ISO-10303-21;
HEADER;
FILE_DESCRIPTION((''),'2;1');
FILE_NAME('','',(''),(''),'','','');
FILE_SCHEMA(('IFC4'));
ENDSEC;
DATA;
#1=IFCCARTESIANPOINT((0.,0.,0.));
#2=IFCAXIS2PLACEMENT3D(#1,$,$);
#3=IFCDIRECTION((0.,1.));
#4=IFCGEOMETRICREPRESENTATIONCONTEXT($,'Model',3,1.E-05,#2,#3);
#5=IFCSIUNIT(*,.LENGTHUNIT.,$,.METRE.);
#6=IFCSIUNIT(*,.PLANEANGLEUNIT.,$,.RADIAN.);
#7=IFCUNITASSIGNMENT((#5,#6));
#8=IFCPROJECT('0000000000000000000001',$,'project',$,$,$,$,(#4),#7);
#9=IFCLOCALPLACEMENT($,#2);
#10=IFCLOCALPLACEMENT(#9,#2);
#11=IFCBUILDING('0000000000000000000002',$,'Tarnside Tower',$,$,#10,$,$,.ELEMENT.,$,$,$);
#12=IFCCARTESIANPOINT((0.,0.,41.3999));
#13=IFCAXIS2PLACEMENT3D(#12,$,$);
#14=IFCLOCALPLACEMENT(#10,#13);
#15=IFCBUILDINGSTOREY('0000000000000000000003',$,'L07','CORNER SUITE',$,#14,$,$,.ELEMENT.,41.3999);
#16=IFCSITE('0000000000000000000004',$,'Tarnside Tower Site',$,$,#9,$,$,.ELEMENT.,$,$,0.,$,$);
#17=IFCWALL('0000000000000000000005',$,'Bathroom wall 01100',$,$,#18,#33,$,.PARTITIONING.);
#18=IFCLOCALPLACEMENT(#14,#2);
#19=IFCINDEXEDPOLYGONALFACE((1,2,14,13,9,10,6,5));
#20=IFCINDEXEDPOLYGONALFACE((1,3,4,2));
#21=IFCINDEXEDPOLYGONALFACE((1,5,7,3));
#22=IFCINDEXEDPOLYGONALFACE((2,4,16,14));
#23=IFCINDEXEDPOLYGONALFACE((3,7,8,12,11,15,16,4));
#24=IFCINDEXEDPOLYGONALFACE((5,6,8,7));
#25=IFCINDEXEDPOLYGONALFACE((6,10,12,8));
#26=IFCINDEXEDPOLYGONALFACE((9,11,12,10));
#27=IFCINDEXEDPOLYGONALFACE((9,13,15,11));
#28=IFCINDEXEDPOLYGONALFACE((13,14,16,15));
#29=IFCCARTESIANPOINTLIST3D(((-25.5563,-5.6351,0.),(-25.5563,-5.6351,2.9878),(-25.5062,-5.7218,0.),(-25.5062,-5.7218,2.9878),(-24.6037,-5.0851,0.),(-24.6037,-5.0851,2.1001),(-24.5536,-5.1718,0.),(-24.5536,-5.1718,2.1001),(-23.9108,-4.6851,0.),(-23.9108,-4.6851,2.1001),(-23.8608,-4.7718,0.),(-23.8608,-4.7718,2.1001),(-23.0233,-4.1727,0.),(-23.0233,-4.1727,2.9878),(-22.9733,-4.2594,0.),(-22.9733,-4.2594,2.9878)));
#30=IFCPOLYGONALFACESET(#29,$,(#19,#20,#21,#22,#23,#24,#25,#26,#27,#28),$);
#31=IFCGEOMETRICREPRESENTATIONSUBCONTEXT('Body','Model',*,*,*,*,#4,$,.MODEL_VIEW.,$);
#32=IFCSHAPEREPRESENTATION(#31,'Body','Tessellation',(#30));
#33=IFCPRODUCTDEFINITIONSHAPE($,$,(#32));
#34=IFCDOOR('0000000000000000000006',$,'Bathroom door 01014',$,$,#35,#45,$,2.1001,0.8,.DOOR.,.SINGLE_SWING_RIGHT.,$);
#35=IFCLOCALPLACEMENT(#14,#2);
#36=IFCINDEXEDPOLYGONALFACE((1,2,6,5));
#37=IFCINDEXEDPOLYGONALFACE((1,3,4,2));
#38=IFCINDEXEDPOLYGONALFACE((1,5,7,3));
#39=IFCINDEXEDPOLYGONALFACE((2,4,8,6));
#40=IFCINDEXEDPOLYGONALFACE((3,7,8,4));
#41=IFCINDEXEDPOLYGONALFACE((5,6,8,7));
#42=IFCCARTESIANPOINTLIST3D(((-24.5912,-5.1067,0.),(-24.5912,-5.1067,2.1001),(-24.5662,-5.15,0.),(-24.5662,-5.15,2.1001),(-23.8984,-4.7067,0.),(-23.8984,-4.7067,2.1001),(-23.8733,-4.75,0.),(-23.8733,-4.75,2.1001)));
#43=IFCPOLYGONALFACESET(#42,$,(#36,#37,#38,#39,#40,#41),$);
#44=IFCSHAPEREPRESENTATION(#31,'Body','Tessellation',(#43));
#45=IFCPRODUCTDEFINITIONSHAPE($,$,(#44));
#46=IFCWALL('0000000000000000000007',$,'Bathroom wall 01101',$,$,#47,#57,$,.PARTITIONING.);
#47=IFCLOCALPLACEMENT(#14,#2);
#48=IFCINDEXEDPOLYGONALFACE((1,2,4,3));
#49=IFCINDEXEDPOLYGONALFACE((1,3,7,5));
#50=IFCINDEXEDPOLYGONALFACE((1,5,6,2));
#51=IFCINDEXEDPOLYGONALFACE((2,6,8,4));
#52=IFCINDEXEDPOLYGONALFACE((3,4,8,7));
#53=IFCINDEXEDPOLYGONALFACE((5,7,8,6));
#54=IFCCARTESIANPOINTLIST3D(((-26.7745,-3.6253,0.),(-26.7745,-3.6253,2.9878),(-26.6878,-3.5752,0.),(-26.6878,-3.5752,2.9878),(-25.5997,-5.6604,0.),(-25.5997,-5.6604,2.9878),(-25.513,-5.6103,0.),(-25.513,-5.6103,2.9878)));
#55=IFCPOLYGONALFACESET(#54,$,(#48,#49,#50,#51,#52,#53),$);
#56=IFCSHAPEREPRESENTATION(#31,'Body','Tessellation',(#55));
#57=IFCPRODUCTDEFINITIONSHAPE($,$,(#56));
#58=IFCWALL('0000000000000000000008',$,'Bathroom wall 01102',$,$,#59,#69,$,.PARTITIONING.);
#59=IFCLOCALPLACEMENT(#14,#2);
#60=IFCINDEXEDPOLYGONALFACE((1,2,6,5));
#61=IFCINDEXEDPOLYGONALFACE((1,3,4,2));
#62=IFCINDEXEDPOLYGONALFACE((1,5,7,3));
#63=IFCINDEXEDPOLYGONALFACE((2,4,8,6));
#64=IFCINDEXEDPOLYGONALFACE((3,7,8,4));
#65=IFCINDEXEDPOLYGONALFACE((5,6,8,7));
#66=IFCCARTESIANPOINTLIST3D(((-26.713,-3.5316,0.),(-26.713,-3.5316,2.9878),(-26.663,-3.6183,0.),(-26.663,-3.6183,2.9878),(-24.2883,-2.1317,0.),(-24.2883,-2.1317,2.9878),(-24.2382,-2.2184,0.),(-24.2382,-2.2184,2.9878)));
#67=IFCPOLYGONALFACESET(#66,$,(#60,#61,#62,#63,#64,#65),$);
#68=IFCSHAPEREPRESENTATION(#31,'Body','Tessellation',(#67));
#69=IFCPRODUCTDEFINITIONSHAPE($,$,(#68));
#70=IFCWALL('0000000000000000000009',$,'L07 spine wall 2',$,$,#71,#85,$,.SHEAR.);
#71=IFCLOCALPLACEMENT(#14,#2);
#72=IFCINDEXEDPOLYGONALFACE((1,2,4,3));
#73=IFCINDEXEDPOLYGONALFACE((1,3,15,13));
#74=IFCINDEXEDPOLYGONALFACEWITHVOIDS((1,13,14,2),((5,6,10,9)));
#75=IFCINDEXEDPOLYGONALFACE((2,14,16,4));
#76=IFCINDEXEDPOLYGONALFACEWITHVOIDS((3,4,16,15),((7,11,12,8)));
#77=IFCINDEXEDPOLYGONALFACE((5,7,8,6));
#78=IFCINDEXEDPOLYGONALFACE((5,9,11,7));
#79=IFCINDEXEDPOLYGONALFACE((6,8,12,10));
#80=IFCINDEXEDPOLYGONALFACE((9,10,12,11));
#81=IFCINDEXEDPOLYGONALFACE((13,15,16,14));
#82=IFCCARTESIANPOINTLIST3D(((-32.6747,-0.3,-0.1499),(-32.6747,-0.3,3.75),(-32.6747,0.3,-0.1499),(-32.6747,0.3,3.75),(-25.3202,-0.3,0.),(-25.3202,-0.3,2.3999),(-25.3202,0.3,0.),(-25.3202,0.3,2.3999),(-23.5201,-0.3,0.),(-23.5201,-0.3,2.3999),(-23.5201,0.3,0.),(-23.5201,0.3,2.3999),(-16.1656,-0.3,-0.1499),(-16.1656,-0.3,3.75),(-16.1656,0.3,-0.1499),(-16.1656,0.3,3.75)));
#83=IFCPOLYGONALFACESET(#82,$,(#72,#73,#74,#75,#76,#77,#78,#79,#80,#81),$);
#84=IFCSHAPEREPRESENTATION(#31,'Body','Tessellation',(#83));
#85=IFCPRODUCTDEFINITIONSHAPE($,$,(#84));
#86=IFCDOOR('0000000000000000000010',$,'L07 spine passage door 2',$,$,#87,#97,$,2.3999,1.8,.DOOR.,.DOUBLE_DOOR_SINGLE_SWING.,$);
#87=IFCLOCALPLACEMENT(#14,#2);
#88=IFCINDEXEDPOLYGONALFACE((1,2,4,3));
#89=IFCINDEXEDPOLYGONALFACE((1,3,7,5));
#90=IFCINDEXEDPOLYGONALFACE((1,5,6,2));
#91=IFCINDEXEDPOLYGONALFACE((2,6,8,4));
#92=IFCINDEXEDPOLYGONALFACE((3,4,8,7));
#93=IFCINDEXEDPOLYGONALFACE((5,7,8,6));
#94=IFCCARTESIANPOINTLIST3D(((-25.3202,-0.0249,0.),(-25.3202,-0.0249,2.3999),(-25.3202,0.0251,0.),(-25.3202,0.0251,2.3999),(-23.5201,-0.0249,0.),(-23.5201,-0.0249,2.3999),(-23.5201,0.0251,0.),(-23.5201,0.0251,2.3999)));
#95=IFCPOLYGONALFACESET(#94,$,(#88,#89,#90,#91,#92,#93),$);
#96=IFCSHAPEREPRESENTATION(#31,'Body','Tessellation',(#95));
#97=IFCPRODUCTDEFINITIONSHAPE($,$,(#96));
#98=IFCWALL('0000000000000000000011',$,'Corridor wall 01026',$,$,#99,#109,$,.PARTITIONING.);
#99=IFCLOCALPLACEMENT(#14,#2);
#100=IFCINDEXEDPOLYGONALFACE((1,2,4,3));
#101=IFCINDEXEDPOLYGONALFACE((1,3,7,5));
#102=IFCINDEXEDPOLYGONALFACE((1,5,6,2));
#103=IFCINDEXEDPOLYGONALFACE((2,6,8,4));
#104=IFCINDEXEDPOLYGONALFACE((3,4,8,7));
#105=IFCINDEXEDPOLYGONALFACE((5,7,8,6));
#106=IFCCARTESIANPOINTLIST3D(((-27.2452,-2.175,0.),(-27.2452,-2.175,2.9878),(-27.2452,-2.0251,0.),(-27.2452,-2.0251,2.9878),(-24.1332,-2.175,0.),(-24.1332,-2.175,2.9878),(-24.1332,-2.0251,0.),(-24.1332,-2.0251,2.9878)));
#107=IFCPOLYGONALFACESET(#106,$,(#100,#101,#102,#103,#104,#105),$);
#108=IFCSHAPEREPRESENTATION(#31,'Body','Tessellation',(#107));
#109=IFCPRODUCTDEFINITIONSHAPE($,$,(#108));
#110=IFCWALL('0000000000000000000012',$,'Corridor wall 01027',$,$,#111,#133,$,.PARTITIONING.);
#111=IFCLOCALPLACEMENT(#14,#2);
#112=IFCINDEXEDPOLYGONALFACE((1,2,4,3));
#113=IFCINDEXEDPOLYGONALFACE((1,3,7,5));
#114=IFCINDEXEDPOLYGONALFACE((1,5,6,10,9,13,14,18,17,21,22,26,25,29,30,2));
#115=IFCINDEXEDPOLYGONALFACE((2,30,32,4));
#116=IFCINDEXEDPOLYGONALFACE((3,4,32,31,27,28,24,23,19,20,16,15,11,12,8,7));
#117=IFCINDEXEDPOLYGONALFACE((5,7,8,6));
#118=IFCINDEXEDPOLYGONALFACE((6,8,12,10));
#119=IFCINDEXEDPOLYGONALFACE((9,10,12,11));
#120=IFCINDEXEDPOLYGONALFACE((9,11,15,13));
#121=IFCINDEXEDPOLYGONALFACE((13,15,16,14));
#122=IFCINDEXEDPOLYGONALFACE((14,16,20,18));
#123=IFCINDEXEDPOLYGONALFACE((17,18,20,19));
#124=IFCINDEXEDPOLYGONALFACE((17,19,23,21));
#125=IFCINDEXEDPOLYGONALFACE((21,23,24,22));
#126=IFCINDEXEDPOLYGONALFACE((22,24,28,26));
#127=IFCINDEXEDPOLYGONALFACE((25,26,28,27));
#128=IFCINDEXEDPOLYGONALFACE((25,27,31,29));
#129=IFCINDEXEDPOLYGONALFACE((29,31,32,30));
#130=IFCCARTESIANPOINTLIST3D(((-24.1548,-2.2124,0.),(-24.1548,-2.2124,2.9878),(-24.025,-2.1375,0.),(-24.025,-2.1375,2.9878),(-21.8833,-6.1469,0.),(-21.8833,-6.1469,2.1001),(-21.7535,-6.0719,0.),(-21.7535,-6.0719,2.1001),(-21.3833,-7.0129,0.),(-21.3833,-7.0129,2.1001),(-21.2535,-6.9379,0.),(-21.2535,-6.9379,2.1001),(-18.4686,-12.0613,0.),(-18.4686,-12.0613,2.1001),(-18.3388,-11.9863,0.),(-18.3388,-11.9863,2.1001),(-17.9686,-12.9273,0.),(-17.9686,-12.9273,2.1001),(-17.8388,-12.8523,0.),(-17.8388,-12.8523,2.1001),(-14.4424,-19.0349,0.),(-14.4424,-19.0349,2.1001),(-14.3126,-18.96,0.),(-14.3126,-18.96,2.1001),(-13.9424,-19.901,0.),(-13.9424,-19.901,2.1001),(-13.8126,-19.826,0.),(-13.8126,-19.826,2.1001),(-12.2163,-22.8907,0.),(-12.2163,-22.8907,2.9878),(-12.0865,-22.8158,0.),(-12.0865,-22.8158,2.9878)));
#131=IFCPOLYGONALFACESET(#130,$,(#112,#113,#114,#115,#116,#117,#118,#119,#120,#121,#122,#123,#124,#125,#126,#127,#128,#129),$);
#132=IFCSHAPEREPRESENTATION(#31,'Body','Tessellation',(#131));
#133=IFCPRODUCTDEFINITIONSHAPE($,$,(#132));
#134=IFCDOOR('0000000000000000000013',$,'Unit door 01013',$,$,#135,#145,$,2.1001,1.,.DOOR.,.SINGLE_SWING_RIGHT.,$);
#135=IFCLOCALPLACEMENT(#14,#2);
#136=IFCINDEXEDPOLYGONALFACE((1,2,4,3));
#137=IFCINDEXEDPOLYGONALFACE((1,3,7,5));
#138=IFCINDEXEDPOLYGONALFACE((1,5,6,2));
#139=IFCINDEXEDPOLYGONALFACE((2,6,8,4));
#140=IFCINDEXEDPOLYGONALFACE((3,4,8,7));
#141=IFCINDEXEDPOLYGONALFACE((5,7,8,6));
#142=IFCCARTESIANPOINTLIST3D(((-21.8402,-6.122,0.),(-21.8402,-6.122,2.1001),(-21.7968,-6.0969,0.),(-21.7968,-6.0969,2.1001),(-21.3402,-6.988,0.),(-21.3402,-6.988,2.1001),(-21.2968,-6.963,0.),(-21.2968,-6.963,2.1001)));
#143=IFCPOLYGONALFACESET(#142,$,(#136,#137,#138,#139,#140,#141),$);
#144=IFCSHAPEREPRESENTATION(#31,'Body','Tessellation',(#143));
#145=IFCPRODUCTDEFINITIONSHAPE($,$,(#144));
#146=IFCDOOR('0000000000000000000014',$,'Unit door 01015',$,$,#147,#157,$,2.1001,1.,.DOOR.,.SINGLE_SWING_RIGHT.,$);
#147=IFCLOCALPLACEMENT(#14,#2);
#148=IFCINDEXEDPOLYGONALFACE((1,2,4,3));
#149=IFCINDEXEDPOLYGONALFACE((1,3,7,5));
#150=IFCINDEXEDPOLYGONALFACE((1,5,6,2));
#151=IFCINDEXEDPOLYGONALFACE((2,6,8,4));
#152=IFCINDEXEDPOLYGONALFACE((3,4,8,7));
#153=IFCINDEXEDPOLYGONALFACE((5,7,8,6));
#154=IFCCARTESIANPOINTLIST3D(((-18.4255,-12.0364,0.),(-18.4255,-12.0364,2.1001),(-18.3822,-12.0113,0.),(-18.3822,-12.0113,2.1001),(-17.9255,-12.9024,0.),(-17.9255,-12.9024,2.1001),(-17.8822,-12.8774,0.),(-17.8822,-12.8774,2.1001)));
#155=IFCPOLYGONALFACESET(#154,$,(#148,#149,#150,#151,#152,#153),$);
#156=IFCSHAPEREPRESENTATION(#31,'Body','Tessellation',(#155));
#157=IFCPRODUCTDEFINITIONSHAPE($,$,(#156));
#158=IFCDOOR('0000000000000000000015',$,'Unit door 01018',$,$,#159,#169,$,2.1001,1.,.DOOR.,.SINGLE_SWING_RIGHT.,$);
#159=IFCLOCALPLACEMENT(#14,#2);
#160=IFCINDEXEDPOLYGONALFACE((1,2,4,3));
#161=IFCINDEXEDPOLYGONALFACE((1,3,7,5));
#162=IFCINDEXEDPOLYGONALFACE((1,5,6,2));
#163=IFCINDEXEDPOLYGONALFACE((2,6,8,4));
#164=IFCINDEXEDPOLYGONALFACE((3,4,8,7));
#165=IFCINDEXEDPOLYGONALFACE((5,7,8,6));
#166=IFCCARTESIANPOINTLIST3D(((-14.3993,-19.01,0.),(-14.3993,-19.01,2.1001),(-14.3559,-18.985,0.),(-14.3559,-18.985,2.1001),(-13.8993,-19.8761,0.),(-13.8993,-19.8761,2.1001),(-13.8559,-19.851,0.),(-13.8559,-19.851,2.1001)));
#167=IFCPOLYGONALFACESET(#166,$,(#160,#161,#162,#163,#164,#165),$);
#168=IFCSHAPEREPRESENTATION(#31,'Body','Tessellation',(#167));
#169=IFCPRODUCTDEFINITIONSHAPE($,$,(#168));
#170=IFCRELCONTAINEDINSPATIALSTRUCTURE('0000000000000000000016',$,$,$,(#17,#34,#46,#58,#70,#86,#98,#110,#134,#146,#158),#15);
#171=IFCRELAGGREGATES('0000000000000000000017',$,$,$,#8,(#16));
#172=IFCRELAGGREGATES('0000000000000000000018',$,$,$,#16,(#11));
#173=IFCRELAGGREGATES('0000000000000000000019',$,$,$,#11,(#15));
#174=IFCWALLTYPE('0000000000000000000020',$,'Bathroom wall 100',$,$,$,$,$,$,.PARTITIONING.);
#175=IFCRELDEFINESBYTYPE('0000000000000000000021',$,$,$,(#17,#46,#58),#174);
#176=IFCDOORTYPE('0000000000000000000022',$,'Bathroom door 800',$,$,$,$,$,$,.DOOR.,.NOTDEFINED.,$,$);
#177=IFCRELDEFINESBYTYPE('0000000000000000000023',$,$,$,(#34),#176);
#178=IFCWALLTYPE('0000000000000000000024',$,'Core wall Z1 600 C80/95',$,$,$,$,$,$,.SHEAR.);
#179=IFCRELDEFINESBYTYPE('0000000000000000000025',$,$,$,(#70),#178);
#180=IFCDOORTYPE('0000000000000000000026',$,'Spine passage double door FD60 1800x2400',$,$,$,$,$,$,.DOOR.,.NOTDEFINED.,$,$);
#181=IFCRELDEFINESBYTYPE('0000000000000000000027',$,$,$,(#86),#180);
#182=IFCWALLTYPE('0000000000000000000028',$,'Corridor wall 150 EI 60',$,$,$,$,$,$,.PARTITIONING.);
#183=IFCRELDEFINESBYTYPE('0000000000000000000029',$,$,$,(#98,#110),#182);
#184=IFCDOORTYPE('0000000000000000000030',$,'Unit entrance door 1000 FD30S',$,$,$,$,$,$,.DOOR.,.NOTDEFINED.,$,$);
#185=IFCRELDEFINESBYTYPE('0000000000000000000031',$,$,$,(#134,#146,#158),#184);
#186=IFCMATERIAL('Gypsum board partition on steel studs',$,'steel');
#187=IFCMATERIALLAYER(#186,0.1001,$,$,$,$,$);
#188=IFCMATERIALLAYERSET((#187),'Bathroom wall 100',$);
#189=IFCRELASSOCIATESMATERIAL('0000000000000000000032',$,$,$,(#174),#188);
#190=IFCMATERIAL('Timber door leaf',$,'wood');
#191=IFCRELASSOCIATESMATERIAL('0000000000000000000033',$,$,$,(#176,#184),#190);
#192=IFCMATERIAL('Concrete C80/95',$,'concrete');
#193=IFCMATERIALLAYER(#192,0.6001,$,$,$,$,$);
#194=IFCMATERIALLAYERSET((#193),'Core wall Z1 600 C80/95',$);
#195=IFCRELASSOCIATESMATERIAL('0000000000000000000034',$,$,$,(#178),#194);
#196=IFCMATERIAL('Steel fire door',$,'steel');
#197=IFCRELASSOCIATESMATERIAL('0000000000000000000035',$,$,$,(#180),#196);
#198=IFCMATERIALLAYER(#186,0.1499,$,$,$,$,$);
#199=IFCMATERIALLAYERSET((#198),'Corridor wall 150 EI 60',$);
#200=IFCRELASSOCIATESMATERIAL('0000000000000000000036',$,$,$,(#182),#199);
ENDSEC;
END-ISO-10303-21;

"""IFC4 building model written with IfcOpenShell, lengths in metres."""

from ifc_helpers import new_model, si_unit, direction, frame, frame_2d, origin, place, context, subcontext, project, spatial, rectangle, extrude, material, layer, layer_set, type_object, element, fill, save


model = new_model("IFC4")

# Units and contexts
model_context = context("Model", 3, precision=1e-05, world=origin(), true_north=direction((0.0, 1.0)))
body_context = subcontext(model_context, "Body", "Model", "MODEL_VIEW")
ifc_project = project(units=[si_unit("LENGTHUNIT", "METRE"), si_unit("PLANEANGLEUNIT", "RADIAN")], contexts=[model_context])

# Site, building, storey
site_placement = place(None, origin())
site = spatial("IfcSite", under=ifc_project, at=site_placement, Name="Tarnside Tower Site", CompositionType="ELEMENT", RefElevation=0.0)
building_placement = place(site_placement, origin())
building = spatial("IfcBuilding", under=site, at=building_placement, Name="Tarnside Tower", CompositionType="ELEMENT")
storey_placement = place(building_placement, frame((0.0, 0.0, 41.3999)))
storey = spatial("IfcBuildingStorey", under=building, at=storey_placement, Name="L07", Description="CORNER SUITE", CompositionType="ELEMENT", Elevation=41.3999)

# Wall, opening, door
ifc_material_1 = material(Name="Gypsum board partition on steel studs", Category="steel")
ifc_layer_1 = layer(ifc_material_1, 0.1001)
ifc_layer_set_1 = layer_set([ifc_layer_1], Name="Bathroom wall 100")
wall_type_1 = type_object("IfcWallType", Name="Bathroom wall 100", PredefinedType="PARTITIONING", material=ifc_layer_set_1)
wall_1_placement = place(storey_placement, frame((-22.9983, -4.2161, 0.0), z_axis=(0.0, 0.0, 1.0), x_axis=(-0.866026, -0.499999, 0.0)))
wall_1 = element("IfcWall", 1, at=wall_1_placement, inside=storey, type_object=wall_type_1, Name="Bathroom wall 01100", PredefinedType="PARTITIONING", context=body_context, shape_type="SweptSolid", body=[
    extrude(rectangle(XDim=2.9248, YDim=0.1001, at=frame_2d((1.4624, 0.0))), origin(), (0.0, 0.0, 1.0), 2.9878),
])
opening_1_placement = place(wall_1_placement, frame((1.0249, 0.0, 0.0)))
opening_1 = element("IfcOpeningElement", 2, at=opening_1_placement, cuts=wall_1, PredefinedType="OPENING", context=body_context, shape_type="SweptSolid", body=[
    extrude(rectangle(XDim=0.8, YDim=2.1001, at=frame_2d((0.3999, 1.05))), frame((0.0, 0.0601, 0.0), z_axis=(0.0, -1.0, 0.0), x_axis=(1.0, 0.0, 0.0)), (0.0, 0.0, 1.0), 0.1201),
])
ifc_material_2 = material(Name="Timber door leaf", Category="wood")
door_type_1 = type_object("IfcDoorType", Name="Bathroom door 800", OperationType="NOTDEFINED", PredefinedType="DOOR", material=ifc_material_2)
door_1_placement = place(opening_1_placement, origin())
door_1 = element("IfcDoor", 3, at=door_1_placement, inside=storey, type_object=door_type_1, Name="Bathroom door 01014", OperationType="SINGLE_SWING_RIGHT", OverallHeight=2.1001, OverallWidth=0.8, PredefinedType="DOOR", context=body_context, shape_type="SweptSolid", body=[
    extrude(rectangle(XDim=0.8, YDim=2.1001, at=frame_2d((0.3999, 1.05))), frame((0.0, 0.0249, 0.0), z_axis=(0.0, -1.0, 0.0), x_axis=(1.0, 0.0, 0.0)), (0.0, 0.0, 1.0), 0.05),
])
fill(opening_1, door_1)

# Walls
wall_2_placement = place(storey_placement, frame((-25.5564, -5.6353, 0.0), z_axis=(0.0, 0.0, 1.0), x_axis=(-0.499938, 0.866061, 0.0)))
element("IfcWall", 4, at=wall_2_placement, inside=storey, type_object=wall_type_1, Name="Bathroom wall 01101", PredefinedType="PARTITIONING", context=body_context, shape_type="SweptSolid", body=[
    extrude(rectangle(XDim=2.3499, YDim=0.1001, at=frame_2d((1.1748, 0.0))), origin(), (0.0, 0.0, 1.0), 2.9878),
])
wall_3_placement = place(storey_placement, frame((-26.688, -3.575, 0.0), z_axis=(0.0, 0.0, 1.0), x_axis=(0.866035, 0.499984, 0.0)))
element("IfcWall", 5, at=wall_3_placement, inside=storey, type_object=wall_type_1, Name="Bathroom wall 01102", PredefinedType="PARTITIONING", context=body_context, shape_type="SweptSolid", body=[
    extrude(rectangle(XDim=2.7998, YDim=0.1001, at=frame_2d((1.3999, 0.0))), origin(), (0.0, 0.0, 1.0), 2.9878),
])

# Wall, opening, door
ifc_material_3 = material(Name="Concrete C80/95", Category="concrete")
ifc_layer_2 = layer(ifc_material_3, 0.6001)
ifc_layer_set_2 = layer_set([ifc_layer_2], Name="Core wall Z1 600 C80/95")
wall_type_2 = type_object("IfcWallType", Name="Core wall Z1 600 C80/95", PredefinedType="SHEAR", material=ifc_layer_set_2)
wall_4_placement = place(storey_placement, frame((-16.1658, 0.0, -0.1499), z_axis=(0.0, 0.0, 1.0), x_axis=(-1.0, 0.0, 0.0)))
wall_4 = element("IfcWall", 6, at=wall_4_placement, inside=storey, type_object=wall_type_2, Name="L07 spine wall 2", PredefinedType="SHEAR", context=body_context, shape_type="SweptSolid", body=[
    extrude(rectangle(XDim=16.509, YDim=0.6001, at=frame_2d((8.2544, 0.0))), origin(), (0.0, 0.0, 1.0), 3.8999),
])
opening_2_placement = place(wall_4_placement, frame((7.3545, 0.0, 0.1499)))
opening_2 = element("IfcOpeningElement", 7, at=opening_2_placement, cuts=wall_4, PredefinedType="OPENING", context=body_context, shape_type="SweptSolid", body=[
    extrude(rectangle(XDim=1.8, YDim=2.3999, at=frame_2d((0.8999, 1.2))), frame((0.0, 0.3101, 0.0), z_axis=(0.0, -1.0, 0.0), x_axis=(1.0, 0.0, 0.0)), (0.0, 0.0, 1.0), 0.6201),
])
ifc_material_4 = material(Name="Steel fire door", Category="steel")
door_type_2 = type_object("IfcDoorType", Name="Spine passage double door FD60 1800x2400", OperationType="NOTDEFINED", PredefinedType="DOOR", material=ifc_material_4)
door_2_placement = place(opening_2_placement, origin())
door_2 = element("IfcDoor", 8, at=door_2_placement, inside=storey, type_object=door_type_2, Name="L07 spine passage door 2", OperationType="DOUBLE_DOOR_SINGLE_SWING", OverallHeight=2.3999, OverallWidth=1.8, PredefinedType="DOOR", context=body_context, shape_type="SweptSolid", body=[
    extrude(rectangle(XDim=1.8, YDim=2.3999, at=frame_2d((0.8999, 1.2))), frame((0.0, 0.0249, 0.0), z_axis=(0.0, -1.0, 0.0), x_axis=(1.0, 0.0, 0.0)), (0.0, 0.0, 1.0), 0.05),
])
fill(opening_2, door_2)

# Wall
ifc_layer_3 = layer(ifc_material_1, 0.1499)
ifc_layer_set_3 = layer_set([ifc_layer_3], Name="Corridor wall 150 EI 60")
wall_type_3 = type_object("IfcWallType", Name="Corridor wall 150 EI 60", PredefinedType="PARTITIONING", material=ifc_layer_set_3)
wall_5_placement = place(storey_placement, frame((-27.2454, -2.1001, 0.0), z_axis=(0.0, 0.0, 1.0), x_axis=(1.0, 0.0, 0.0)))
element("IfcWall", 9, at=wall_5_placement, inside=storey, type_object=wall_type_3, Name="Corridor wall 01026", PredefinedType="PARTITIONING", context=body_context, shape_type="SweptSolid", body=[
    extrude(rectangle(XDim=3.1121, YDim=0.1499, at=frame_2d((1.5562, 0.0))), origin(), (0.0, 0.0, 1.0), 2.9878),
])

# Wall, openings, doors
wall_6_placement = place(storey_placement, frame((-24.0898, -2.175, 0.0), z_axis=(0.0, 0.0, 1.0), x_axis=(0.499997, -0.866027, 0.0)))
wall_6 = element("IfcWall", 10, at=wall_6_placement, inside=storey, type_object=wall_type_3, Name="Corridor wall 01027", PredefinedType="PARTITIONING", context=body_context, shape_type="SweptSolid", body=[
    extrude(rectangle(XDim=23.8772, YDim=0.1499, at=frame_2d((11.9385, 0.0))), origin(), (0.0, 0.0, 1.0), 2.9878),
])
opening_3_placement = place(wall_6_placement, frame((4.543, 0.0, 0.0)))
opening_3 = element("IfcOpeningElement", 11, at=opening_3_placement, cuts=wall_6, PredefinedType="OPENING", context=body_context, shape_type="SweptSolid", body=[
    extrude(rectangle(XDim=1.0, YDim=2.1001, at=frame_2d((0.5, 1.05))), frame((0.0, 0.085, 0.0), z_axis=(0.0, -1.0, 0.0), x_axis=(1.0, 0.0, 0.0)), (0.0, 0.0, 1.0), 0.1699),
])
opening_4_placement = place(wall_6_placement, frame((11.3723, 0.0, 0.0)))
opening_4 = element("IfcOpeningElement", 12, at=opening_4_placement, cuts=wall_6, PredefinedType="OPENING", context=body_context, shape_type="SweptSolid", body=[
    extrude(rectangle(XDim=1.0, YDim=2.1001, at=frame_2d((0.5, 1.05))), frame((0.0, 0.085, 0.0), z_axis=(0.0, -1.0, 0.0), x_axis=(1.0, 0.0, 0.0)), (0.0, 0.0, 1.0), 0.1699),
])
opening_5_placement = place(wall_6_placement, frame((19.4248, 0.0, 0.0)))
opening_5 = element("IfcOpeningElement", 13, at=opening_5_placement, cuts=wall_6, PredefinedType="OPENING", context=body_context, shape_type="SweptSolid", body=[
    extrude(rectangle(XDim=1.0, YDim=2.1001, at=frame_2d((0.5, 1.05))), frame((0.0, 0.085, 0.0), z_axis=(0.0, -1.0, 0.0), x_axis=(1.0, 0.0, 0.0)), (0.0, 0.0, 1.0), 0.1699),
])
door_type_3 = type_object("IfcDoorType", Name="Unit entrance door 1000 FD30S", OperationType="NOTDEFINED", PredefinedType="DOOR", material=ifc_material_2)
door_3_placement = place(opening_3_placement, origin())
door_3 = element("IfcDoor", 14, at=door_3_placement, inside=storey, type_object=door_type_3, Name="Unit door 01013", OperationType="SINGLE_SWING_RIGHT", OverallHeight=2.1001, OverallWidth=1.0, PredefinedType="DOOR", context=body_context, shape_type="SweptSolid", body=[
    extrude(rectangle(XDim=1.0, YDim=2.1001, at=frame_2d((0.5, 1.05))), frame((0.0, 0.0249, 0.0), z_axis=(0.0, -1.0, 0.0), x_axis=(1.0, 0.0, 0.0)), (0.0, 0.0, 1.0), 0.05),
])
fill(opening_3, door_3)
door_4_placement = place(opening_4_placement, origin())
door_4 = element("IfcDoor", 15, at=door_4_placement, inside=storey, type_object=door_type_3, Name="Unit door 01015", OperationType="SINGLE_SWING_RIGHT", OverallHeight=2.1001, OverallWidth=1.0, PredefinedType="DOOR", context=body_context, shape_type="SweptSolid", body=[
    extrude(rectangle(XDim=1.0, YDim=2.1001, at=frame_2d((0.5, 1.05))), frame((0.0, 0.0249, 0.0), z_axis=(0.0, -1.0, 0.0), x_axis=(1.0, 0.0, 0.0)), (0.0, 0.0, 1.0), 0.05),
])
fill(opening_4, door_4)
door_5_placement = place(opening_5_placement, origin())
door_5 = element("IfcDoor", 16, at=door_5_placement, inside=storey, type_object=door_type_3, Name="Unit door 01018", OperationType="SINGLE_SWING_RIGHT", OverallHeight=2.1001, OverallWidth=1.0, PredefinedType="DOOR", context=body_context, shape_type="SweptSolid", body=[
    extrude(rectangle(XDim=1.0, YDim=2.1001, at=frame_2d((0.5, 1.05))), frame((0.0, 0.0249, 0.0), z_axis=(0.0, -1.0, 0.0), x_axis=(1.0, 0.0, 0.0)), (0.0, 0.0, 1.0), 0.05),
])
fill(opening_5, door_5)

save(model, "model.ifc")
